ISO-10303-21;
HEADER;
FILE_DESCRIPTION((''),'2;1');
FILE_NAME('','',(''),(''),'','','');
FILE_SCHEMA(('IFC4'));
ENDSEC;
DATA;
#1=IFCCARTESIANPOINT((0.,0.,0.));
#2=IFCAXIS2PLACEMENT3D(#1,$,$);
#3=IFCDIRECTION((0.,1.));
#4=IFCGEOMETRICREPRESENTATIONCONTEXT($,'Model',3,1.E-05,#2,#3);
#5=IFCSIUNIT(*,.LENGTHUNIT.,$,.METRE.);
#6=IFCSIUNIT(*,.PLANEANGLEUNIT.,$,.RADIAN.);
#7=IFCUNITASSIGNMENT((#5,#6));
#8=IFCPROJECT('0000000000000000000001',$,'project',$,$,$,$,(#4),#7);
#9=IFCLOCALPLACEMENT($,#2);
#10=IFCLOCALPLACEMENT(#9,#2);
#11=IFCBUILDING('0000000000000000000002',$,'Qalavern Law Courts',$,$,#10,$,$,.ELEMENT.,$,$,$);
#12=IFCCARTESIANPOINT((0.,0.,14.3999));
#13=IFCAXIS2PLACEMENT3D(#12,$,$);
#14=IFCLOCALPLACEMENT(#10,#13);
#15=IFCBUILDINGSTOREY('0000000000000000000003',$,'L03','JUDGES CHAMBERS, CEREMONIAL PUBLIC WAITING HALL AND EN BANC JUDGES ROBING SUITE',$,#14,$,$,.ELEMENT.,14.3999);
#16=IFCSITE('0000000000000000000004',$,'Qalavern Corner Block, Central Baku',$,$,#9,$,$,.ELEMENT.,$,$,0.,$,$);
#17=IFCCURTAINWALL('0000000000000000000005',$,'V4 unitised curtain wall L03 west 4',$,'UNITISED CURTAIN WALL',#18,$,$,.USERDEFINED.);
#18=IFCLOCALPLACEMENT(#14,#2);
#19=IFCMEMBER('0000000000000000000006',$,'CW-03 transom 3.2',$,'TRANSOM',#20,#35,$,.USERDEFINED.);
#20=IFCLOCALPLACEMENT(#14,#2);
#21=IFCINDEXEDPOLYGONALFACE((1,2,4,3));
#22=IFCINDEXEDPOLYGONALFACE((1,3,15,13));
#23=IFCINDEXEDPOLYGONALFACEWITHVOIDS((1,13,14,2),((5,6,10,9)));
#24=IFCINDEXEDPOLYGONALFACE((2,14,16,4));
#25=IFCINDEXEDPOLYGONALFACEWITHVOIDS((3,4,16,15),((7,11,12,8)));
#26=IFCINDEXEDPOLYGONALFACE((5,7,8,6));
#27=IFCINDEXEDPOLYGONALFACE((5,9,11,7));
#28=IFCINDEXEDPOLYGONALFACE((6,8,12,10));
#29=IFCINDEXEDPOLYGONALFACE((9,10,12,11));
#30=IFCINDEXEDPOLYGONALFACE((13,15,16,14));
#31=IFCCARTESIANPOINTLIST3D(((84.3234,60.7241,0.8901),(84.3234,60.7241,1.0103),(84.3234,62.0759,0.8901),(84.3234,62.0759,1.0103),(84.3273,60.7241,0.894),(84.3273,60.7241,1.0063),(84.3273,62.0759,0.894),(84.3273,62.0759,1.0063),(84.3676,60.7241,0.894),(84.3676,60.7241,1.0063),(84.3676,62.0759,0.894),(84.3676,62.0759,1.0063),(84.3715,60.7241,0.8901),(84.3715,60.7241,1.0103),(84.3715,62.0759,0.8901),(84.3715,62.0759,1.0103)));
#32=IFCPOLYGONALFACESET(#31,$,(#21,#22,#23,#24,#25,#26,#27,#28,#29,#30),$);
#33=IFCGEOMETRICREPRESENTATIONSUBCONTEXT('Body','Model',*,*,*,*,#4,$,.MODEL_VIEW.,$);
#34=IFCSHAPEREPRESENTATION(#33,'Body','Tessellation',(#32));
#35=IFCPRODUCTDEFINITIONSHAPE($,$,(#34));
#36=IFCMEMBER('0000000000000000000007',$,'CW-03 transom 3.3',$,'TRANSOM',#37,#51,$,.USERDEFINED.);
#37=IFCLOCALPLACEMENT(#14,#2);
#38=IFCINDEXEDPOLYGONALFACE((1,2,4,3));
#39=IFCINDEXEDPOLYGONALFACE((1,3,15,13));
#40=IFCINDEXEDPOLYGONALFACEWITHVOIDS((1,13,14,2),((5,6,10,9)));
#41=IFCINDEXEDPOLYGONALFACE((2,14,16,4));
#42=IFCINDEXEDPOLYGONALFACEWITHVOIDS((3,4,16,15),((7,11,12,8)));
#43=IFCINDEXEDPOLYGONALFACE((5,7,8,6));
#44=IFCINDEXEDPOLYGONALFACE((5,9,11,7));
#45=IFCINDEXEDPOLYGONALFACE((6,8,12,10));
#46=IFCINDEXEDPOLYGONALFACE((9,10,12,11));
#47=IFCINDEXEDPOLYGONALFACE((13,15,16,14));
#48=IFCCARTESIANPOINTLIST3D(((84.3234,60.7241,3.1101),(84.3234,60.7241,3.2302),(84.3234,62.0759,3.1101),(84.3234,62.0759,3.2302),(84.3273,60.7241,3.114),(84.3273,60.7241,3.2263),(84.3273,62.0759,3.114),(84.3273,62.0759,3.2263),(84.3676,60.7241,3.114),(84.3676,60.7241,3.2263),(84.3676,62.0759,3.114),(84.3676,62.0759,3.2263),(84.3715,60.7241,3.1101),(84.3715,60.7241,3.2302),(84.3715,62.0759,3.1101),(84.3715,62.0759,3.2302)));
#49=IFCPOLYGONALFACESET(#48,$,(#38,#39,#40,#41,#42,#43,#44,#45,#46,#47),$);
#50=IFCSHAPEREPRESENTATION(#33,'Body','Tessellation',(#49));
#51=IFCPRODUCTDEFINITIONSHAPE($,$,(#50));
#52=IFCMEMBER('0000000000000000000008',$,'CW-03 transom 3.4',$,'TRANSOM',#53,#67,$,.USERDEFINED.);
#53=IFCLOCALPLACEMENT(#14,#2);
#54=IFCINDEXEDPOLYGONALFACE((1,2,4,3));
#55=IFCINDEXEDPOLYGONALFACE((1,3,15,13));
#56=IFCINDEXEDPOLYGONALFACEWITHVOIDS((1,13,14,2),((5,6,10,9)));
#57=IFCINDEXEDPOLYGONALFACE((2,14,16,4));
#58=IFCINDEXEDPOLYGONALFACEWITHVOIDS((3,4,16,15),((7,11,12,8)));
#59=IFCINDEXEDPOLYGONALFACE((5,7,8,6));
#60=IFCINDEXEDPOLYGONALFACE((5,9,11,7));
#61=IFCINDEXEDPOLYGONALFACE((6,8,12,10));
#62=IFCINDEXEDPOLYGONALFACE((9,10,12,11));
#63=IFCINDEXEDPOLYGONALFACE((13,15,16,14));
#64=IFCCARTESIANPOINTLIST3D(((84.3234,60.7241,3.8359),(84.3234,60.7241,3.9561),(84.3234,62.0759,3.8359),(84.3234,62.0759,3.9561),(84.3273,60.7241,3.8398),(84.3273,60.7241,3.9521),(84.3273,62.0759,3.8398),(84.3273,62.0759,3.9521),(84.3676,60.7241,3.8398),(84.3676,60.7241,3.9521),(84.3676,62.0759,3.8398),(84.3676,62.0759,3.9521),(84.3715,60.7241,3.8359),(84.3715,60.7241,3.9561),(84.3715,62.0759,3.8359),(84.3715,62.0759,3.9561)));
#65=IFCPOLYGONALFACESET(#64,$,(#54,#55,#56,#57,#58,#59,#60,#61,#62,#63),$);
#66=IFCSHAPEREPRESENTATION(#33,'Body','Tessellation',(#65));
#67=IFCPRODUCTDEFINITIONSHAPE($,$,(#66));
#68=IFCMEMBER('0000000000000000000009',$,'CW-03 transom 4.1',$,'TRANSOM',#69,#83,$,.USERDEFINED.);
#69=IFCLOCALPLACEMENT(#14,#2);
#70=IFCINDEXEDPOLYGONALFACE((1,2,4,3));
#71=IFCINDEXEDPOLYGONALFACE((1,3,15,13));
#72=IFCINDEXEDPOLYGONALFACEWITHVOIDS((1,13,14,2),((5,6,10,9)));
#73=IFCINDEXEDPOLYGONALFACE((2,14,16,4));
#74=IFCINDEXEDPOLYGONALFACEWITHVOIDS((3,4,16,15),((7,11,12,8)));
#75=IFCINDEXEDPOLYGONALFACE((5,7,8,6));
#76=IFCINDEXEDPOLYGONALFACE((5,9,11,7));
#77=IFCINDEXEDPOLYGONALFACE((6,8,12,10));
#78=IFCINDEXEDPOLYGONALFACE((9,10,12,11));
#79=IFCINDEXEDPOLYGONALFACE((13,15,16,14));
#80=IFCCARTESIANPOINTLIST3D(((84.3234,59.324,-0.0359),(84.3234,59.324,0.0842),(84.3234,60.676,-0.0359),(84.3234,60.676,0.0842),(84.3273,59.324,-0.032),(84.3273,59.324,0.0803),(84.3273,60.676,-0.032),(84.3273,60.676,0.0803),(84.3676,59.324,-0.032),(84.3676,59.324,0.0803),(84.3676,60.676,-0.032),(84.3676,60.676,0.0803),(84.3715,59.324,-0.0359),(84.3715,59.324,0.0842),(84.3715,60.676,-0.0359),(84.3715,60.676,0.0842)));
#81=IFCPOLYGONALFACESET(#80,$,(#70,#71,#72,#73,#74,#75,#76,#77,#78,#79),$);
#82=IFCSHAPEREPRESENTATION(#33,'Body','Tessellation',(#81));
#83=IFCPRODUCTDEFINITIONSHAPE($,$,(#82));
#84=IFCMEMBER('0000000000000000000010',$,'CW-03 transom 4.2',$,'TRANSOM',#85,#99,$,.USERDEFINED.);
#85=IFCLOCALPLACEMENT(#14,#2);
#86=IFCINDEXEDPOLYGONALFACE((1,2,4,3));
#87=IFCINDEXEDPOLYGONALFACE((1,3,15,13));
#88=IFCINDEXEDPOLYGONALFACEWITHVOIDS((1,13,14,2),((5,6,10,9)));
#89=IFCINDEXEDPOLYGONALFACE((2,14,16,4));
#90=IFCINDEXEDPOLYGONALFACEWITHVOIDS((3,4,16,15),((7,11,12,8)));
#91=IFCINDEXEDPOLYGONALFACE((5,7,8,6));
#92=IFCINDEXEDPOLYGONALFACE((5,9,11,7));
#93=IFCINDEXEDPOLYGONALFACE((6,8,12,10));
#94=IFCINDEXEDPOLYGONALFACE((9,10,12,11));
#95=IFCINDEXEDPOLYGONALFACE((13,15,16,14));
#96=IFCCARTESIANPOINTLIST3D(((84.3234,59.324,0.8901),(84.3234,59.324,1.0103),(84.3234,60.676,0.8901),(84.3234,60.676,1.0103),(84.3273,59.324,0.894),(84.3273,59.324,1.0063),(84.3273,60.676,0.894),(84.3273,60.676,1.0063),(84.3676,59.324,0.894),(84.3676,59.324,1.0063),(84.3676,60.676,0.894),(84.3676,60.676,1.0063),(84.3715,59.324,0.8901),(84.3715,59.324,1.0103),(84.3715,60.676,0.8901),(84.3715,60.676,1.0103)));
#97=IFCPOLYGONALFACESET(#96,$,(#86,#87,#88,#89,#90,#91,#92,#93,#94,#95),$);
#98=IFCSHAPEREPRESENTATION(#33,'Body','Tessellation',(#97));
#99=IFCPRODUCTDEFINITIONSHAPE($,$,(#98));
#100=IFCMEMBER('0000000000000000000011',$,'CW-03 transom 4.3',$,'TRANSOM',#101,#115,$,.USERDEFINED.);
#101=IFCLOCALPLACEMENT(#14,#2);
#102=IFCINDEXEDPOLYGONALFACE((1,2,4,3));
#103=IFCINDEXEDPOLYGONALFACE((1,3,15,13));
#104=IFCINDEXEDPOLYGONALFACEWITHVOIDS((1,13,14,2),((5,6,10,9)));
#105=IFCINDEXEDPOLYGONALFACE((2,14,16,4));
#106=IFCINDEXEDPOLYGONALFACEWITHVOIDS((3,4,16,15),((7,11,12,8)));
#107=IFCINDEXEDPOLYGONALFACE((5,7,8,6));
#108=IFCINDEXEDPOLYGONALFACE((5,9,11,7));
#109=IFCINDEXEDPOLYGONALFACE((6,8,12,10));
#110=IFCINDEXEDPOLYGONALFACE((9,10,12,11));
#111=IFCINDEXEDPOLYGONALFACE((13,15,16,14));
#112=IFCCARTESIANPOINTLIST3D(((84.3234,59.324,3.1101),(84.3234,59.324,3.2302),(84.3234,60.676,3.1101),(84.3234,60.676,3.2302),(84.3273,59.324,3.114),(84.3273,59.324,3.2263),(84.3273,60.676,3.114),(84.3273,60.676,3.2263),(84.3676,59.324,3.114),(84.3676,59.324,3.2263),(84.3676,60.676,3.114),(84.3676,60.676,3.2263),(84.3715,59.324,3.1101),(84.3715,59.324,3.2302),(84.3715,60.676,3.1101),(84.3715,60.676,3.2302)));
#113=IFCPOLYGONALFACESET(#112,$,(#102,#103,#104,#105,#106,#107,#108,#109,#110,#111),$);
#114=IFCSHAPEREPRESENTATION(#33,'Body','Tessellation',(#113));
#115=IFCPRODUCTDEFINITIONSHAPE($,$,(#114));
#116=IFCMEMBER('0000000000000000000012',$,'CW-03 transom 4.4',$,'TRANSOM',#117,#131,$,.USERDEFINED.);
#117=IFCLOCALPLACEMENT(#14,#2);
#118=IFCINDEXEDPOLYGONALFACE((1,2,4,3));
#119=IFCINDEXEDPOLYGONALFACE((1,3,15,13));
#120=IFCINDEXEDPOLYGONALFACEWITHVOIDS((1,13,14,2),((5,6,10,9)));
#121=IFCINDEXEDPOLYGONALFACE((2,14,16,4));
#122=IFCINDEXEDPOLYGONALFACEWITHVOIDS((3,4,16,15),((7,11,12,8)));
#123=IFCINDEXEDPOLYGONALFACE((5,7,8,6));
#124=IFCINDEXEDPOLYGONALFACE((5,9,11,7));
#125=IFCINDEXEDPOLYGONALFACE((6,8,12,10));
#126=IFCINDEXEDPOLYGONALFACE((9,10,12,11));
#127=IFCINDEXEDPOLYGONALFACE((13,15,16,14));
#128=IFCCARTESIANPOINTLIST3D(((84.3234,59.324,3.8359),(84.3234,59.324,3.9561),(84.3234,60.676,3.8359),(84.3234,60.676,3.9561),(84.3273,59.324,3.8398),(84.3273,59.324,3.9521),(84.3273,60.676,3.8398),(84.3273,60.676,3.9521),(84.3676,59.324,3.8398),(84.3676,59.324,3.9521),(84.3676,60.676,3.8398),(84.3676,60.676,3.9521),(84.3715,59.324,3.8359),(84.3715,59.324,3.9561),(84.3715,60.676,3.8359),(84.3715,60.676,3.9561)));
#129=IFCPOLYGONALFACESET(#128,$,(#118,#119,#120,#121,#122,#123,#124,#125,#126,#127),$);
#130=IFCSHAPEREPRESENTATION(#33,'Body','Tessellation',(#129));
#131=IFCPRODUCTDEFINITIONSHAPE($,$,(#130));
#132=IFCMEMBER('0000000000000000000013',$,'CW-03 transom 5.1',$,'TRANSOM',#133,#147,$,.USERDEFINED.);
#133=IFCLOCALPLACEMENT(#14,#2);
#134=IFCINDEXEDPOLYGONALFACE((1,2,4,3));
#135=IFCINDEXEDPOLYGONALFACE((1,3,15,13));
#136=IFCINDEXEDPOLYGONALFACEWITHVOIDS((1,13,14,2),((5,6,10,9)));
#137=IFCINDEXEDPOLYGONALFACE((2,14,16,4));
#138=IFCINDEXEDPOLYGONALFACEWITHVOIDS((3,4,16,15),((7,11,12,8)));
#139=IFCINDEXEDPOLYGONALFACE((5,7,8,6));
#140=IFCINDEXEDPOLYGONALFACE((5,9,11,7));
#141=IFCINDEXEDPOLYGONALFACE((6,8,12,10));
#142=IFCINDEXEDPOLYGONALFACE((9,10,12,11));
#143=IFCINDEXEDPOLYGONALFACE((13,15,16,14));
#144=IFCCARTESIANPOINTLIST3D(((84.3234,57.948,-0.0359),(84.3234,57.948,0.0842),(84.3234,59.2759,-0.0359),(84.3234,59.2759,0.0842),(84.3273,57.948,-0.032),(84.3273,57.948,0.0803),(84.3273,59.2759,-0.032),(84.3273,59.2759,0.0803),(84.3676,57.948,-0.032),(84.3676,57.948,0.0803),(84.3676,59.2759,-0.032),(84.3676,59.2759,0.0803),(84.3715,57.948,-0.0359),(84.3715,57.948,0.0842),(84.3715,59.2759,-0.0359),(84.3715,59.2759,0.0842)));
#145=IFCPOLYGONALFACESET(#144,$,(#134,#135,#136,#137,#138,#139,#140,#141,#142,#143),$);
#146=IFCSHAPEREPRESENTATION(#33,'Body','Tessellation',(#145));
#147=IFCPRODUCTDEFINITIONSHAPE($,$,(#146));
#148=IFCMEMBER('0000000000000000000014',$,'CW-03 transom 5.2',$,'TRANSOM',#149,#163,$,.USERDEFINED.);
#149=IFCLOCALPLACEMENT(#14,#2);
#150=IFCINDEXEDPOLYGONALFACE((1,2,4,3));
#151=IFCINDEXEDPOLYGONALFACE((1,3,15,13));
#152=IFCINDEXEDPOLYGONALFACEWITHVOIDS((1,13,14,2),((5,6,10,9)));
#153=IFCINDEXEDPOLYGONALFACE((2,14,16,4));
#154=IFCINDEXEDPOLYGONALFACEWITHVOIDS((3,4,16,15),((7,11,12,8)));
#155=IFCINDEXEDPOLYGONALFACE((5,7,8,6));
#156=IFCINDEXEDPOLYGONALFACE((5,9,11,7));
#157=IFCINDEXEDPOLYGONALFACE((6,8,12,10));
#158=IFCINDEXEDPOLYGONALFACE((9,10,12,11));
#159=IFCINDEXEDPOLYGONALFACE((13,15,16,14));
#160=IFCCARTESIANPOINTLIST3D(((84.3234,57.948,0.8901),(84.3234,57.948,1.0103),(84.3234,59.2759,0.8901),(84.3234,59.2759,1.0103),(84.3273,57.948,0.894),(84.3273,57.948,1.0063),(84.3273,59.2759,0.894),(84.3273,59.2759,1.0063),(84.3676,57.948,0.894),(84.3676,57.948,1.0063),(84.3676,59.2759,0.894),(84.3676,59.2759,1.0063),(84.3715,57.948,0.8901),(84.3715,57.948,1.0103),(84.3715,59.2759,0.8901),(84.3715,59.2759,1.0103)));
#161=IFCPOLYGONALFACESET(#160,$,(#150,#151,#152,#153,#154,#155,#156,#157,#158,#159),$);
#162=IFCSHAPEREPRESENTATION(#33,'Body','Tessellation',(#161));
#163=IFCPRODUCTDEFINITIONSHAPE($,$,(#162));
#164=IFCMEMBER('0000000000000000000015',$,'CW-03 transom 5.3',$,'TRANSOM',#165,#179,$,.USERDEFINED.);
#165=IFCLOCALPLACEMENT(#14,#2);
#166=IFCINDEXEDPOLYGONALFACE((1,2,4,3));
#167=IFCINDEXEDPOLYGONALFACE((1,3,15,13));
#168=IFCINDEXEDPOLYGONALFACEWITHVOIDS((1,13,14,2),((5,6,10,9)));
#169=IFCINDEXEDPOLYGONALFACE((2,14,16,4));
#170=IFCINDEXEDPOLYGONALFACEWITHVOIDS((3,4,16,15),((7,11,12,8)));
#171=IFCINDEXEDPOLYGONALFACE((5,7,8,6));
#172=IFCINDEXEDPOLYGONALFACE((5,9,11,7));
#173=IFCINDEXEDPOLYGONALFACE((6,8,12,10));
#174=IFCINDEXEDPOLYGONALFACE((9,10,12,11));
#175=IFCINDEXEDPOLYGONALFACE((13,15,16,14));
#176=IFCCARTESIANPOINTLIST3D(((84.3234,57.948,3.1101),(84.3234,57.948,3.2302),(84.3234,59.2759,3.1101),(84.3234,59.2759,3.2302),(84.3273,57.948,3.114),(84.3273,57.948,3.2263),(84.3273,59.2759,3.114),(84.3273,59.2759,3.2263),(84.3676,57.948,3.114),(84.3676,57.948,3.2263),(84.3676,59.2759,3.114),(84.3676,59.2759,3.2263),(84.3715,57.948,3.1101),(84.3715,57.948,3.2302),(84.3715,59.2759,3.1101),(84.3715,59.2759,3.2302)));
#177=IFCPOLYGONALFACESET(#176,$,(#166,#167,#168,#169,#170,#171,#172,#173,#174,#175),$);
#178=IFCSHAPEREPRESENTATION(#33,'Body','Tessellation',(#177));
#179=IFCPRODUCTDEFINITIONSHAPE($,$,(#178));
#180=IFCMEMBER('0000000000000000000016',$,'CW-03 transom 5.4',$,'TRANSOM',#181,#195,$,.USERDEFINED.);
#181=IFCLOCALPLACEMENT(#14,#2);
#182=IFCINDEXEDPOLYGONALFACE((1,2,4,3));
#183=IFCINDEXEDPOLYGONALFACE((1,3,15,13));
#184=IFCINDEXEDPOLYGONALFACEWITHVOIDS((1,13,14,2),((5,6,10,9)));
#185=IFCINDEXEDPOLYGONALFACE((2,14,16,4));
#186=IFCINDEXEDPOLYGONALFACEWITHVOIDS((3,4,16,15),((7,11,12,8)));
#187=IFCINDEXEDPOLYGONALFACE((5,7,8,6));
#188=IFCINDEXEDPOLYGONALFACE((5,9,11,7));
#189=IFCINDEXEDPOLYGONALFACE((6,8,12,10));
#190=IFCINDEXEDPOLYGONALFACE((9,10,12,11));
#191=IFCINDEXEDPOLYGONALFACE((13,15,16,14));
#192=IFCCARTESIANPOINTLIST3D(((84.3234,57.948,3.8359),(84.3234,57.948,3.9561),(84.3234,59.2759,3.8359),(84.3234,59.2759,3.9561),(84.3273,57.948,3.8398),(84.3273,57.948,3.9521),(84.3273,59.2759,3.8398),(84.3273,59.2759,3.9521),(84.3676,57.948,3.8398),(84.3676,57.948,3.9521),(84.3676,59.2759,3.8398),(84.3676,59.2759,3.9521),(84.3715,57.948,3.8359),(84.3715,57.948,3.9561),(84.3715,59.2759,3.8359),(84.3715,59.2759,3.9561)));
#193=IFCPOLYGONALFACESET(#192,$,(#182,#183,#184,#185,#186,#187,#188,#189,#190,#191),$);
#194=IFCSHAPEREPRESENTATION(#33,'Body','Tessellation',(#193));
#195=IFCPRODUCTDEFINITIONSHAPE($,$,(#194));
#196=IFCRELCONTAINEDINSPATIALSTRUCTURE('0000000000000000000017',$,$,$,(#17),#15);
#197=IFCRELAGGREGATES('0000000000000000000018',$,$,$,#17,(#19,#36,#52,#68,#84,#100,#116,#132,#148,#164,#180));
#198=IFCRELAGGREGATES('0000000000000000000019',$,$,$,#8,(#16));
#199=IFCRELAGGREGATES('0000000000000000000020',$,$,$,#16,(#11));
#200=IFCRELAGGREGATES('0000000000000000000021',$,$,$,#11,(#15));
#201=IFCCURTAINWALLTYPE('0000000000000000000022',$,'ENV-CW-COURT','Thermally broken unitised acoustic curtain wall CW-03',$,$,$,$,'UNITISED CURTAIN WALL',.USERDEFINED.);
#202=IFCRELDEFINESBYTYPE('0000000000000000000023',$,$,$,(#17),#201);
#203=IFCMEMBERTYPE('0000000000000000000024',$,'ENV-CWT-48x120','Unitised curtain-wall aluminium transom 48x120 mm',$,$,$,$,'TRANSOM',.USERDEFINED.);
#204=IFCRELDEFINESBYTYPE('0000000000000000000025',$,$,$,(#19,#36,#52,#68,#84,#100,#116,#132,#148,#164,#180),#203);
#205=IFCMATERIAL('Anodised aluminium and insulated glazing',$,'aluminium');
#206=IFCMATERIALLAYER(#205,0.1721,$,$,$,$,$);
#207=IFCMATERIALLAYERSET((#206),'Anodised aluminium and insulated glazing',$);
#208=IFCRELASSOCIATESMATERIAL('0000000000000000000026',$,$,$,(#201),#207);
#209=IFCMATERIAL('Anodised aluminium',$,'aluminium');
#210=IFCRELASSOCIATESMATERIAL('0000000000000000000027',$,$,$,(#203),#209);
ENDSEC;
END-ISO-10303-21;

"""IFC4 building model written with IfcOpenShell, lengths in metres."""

from ifc_helpers import new_model, si_unit, direction, frame, origin, origin_2d, place, context, subcontext, project, spatial, hollow_rectangle, extrude, material, layer, layer_set, material_profile, profile_set, type_object, element, aggregate, save


model = new_model("IFC4")

# Units and contexts
model_context = context("Model", 3, precision=1e-05, world=origin(), true_north=direction((0.0, 1.0)))
body_context = subcontext(model_context, "Body", "Model", "MODEL_VIEW")
ifc_project = project(units=[si_unit("LENGTHUNIT", "METRE"), si_unit("PLANEANGLEUNIT", "RADIAN")], contexts=[model_context])

# Site, building, storey
site_placement = place(None, origin())
site = spatial("IfcSite", under=ifc_project, at=site_placement, Name="Qalavern Corner Block, Central Baku", CompositionType="ELEMENT", RefElevation=0.0)
building_placement = place(site_placement, origin())
building = spatial("IfcBuilding", under=site, at=building_placement, Name="Qalavern Law Courts", CompositionType="ELEMENT")
storey_placement = place(building_placement, frame((0.0, 0.0, 14.3999)))
storey = spatial("IfcBuildingStorey", under=building, at=storey_placement, Name="L03", Description="JUDGES CHAMBERS, CEREMONIAL PUBLIC WAITING HALL AND EN BANC JUDGES ROBING SUITE", CompositionType="ELEMENT", Elevation=14.3999)

# Curtain wall, members
ifc_material_1 = material(Name="Anodised aluminium and insulated glazing", Category="aluminium")
ifc_layer_1 = layer(ifc_material_1, 0.1721)
ifc_layer_set_1 = layer_set([ifc_layer_1], Name="Anodised aluminium and insulated glazing")
curtain_wall_type = type_object("IfcCurtainWallType", Name="ENV-CW-COURT", Description="Thermally broken unitised acoustic curtain wall CW-03", ElementType="UNITISED CURTAIN WALL", PredefinedType="USERDEFINED", material=ifc_layer_set_1)
curtain_wall_placement = place(storey_placement, origin())
curtain_wall = element("IfcCurtainWall", 1, at=curtain_wall_placement, inside=storey, type_object=curtain_wall_type, Name="V4 unitised curtain wall L03 west 4", ObjectType="UNITISED CURTAIN WALL", PredefinedType="USERDEFINED")
ifc_material_2 = material(Name="Anodised aluminium", Category="aluminium")
ifc_material_profile_1 = material_profile(ifc_material_2, hollow_rectangle(XDim=0.0481, YDim=0.1201, WallThickness=0.0039, at=origin_2d()), Name="ALU TRANSOM 48x120")
ifc_profile_set_1 = profile_set([ifc_material_profile_1], Name="Anodised aluminium")
member_type_1 = type_object("IfcMemberType", Name="ENV-CWT-48x120", Description="Unitised curtain-wall aluminium transom 48x120 mm", ElementType="TRANSOM", PredefinedType="USERDEFINED", material=ifc_profile_set_1)
member_1_placement = place(storey_placement, frame((84.3474, 62.0759, 0.9502), z_axis=(0.0, -1.0, 0.0), x_axis=(1.0, 0.0, 0.0)))
member_1 = element("IfcMember", 2, at=member_1_placement, type_object=member_type_1, Name="CW-03 transom 3.2", ObjectType="TRANSOM", PredefinedType="USERDEFINED", context=body_context, shape_type="SweptSolid", body=[
    extrude(hollow_rectangle(XDim=0.0481, YDim=0.1201, WallThickness=0.0039, at=origin_2d()), origin(), (0.0, 0.0, 1.0), 1.3518),
])
member_2_placement = place(storey_placement, frame((84.3474, 62.0759, 3.1702), z_axis=(0.0, -1.0, 0.0), x_axis=(1.0, 0.0, 0.0)))
member_2 = element("IfcMember", 3, at=member_2_placement, type_object=member_type_1, Name="CW-03 transom 3.3", ObjectType="TRANSOM", PredefinedType="USERDEFINED", context=body_context, shape_type="SweptSolid", body=[
    extrude(hollow_rectangle(XDim=0.0481, YDim=0.1201, WallThickness=0.0039, at=origin_2d()), origin(), (0.0, 0.0, 1.0), 1.3518),
])
member_3_placement = place(storey_placement, frame((84.3474, 62.0759, 3.896), z_axis=(0.0, -1.0, 0.0), x_axis=(1.0, 0.0, 0.0)))
member_3 = element("IfcMember", 4, at=member_3_placement, type_object=member_type_1, Name="CW-03 transom 3.4", ObjectType="TRANSOM", PredefinedType="USERDEFINED", context=body_context, shape_type="SweptSolid", body=[
    extrude(hollow_rectangle(XDim=0.0481, YDim=0.1201, WallThickness=0.0039, at=origin_2d()), origin(), (0.0, 0.0, 1.0), 1.3518),
])
member_4_placement = place(storey_placement, frame((84.3474, 60.676, 0.0242), z_axis=(0.0, -1.0, 0.0), x_axis=(1.0, 0.0, 0.0)))
member_4 = element("IfcMember", 5, at=member_4_placement, type_object=member_type_1, Name="CW-03 transom 4.1", ObjectType="TRANSOM", PredefinedType="USERDEFINED", context=body_context, shape_type="SweptSolid", body=[
    extrude(hollow_rectangle(XDim=0.0481, YDim=0.1201, WallThickness=0.0039, at=origin_2d()), origin(), (0.0, 0.0, 1.0), 1.3521),
])
member_5_placement = place(storey_placement, frame((84.3474, 60.676, 0.9502), z_axis=(0.0, -1.0, 0.0), x_axis=(1.0, 0.0, 0.0)))
member_5 = element("IfcMember", 6, at=member_5_placement, type_object=member_type_1, Name="CW-03 transom 4.2", ObjectType="TRANSOM", PredefinedType="USERDEFINED", context=body_context, shape_type="SweptSolid", body=[
    extrude(hollow_rectangle(XDim=0.0481, YDim=0.1201, WallThickness=0.0039, at=origin_2d()), origin(), (0.0, 0.0, 1.0), 1.3521),
])
member_6_placement = place(storey_placement, frame((84.3474, 60.676, 3.1702), z_axis=(0.0, -1.0, 0.0), x_axis=(1.0, 0.0, 0.0)))
member_6 = element("IfcMember", 7, at=member_6_placement, type_object=member_type_1, Name="CW-03 transom 4.3", ObjectType="TRANSOM", PredefinedType="USERDEFINED", context=body_context, shape_type="SweptSolid", body=[
    extrude(hollow_rectangle(XDim=0.0481, YDim=0.1201, WallThickness=0.0039, at=origin_2d()), origin(), (0.0, 0.0, 1.0), 1.3521),
])
member_7_placement = place(storey_placement, frame((84.3474, 60.676, 3.896), z_axis=(0.0, -1.0, 0.0), x_axis=(1.0, 0.0, 0.0)))
member_7 = element("IfcMember", 8, at=member_7_placement, type_object=member_type_1, Name="CW-03 transom 4.4", ObjectType="TRANSOM", PredefinedType="USERDEFINED", context=body_context, shape_type="SweptSolid", body=[
    extrude(hollow_rectangle(XDim=0.0481, YDim=0.1201, WallThickness=0.0039, at=origin_2d()), origin(), (0.0, 0.0, 1.0), 1.3521),
])
member_8_placement = place(storey_placement, frame((84.3474, 59.2759, 0.0242), z_axis=(0.0, -1.0, 0.0), x_axis=(1.0, 0.0, 0.0)))
member_8 = element("IfcMember", 9, at=member_8_placement, type_object=member_type_1, Name="CW-03 transom 5.1", ObjectType="TRANSOM", PredefinedType="USERDEFINED", context=body_context, shape_type="SweptSolid", body=[
    extrude(hollow_rectangle(XDim=0.0481, YDim=0.1201, WallThickness=0.0039, at=origin_2d()), origin(), (0.0, 0.0, 1.0), 1.3279),
])
member_9_placement = place(storey_placement, frame((84.3474, 59.2759, 0.9502), z_axis=(0.0, -1.0, 0.0), x_axis=(1.0, 0.0, 0.0)))
member_9 = element("IfcMember", 10, at=member_9_placement, type_object=member_type_1, Name="CW-03 transom 5.2", ObjectType="TRANSOM", PredefinedType="USERDEFINED", context=body_context, shape_type="SweptSolid", body=[
    extrude(hollow_rectangle(XDim=0.0481, YDim=0.1201, WallThickness=0.0039, at=origin_2d()), origin(), (0.0, 0.0, 1.0), 1.3279),
])
member_10_placement = place(storey_placement, frame((84.3474, 59.2759, 3.1702), z_axis=(0.0, -1.0, 0.0), x_axis=(1.0, 0.0, 0.0)))
member_10 = element("IfcMember", 11, at=member_10_placement, type_object=member_type_1, Name="CW-03 transom 5.3", ObjectType="TRANSOM", PredefinedType="USERDEFINED", context=body_context, shape_type="SweptSolid", body=[
    extrude(hollow_rectangle(XDim=0.0481, YDim=0.1201, WallThickness=0.0039, at=origin_2d()), origin(), (0.0, 0.0, 1.0), 1.3279),
])
member_11_placement = place(storey_placement, frame((84.3474, 59.2759, 3.896), z_axis=(0.0, -1.0, 0.0), x_axis=(1.0, 0.0, 0.0)))
member_11 = element("IfcMember", 12, at=member_11_placement, type_object=member_type_1, Name="CW-03 transom 5.4", ObjectType="TRANSOM", PredefinedType="USERDEFINED", context=body_context, shape_type="SweptSolid", body=[
    extrude(hollow_rectangle(XDim=0.0481, YDim=0.1201, WallThickness=0.0039, at=origin_2d()), origin(), (0.0, 0.0, 1.0), 1.3279),
])

aggregate(curtain_wall, [member_1, member_2, member_3, member_4, member_5, member_6, member_7, member_8, member_9, member_10, member_11])

save(model, "model.ifc")
